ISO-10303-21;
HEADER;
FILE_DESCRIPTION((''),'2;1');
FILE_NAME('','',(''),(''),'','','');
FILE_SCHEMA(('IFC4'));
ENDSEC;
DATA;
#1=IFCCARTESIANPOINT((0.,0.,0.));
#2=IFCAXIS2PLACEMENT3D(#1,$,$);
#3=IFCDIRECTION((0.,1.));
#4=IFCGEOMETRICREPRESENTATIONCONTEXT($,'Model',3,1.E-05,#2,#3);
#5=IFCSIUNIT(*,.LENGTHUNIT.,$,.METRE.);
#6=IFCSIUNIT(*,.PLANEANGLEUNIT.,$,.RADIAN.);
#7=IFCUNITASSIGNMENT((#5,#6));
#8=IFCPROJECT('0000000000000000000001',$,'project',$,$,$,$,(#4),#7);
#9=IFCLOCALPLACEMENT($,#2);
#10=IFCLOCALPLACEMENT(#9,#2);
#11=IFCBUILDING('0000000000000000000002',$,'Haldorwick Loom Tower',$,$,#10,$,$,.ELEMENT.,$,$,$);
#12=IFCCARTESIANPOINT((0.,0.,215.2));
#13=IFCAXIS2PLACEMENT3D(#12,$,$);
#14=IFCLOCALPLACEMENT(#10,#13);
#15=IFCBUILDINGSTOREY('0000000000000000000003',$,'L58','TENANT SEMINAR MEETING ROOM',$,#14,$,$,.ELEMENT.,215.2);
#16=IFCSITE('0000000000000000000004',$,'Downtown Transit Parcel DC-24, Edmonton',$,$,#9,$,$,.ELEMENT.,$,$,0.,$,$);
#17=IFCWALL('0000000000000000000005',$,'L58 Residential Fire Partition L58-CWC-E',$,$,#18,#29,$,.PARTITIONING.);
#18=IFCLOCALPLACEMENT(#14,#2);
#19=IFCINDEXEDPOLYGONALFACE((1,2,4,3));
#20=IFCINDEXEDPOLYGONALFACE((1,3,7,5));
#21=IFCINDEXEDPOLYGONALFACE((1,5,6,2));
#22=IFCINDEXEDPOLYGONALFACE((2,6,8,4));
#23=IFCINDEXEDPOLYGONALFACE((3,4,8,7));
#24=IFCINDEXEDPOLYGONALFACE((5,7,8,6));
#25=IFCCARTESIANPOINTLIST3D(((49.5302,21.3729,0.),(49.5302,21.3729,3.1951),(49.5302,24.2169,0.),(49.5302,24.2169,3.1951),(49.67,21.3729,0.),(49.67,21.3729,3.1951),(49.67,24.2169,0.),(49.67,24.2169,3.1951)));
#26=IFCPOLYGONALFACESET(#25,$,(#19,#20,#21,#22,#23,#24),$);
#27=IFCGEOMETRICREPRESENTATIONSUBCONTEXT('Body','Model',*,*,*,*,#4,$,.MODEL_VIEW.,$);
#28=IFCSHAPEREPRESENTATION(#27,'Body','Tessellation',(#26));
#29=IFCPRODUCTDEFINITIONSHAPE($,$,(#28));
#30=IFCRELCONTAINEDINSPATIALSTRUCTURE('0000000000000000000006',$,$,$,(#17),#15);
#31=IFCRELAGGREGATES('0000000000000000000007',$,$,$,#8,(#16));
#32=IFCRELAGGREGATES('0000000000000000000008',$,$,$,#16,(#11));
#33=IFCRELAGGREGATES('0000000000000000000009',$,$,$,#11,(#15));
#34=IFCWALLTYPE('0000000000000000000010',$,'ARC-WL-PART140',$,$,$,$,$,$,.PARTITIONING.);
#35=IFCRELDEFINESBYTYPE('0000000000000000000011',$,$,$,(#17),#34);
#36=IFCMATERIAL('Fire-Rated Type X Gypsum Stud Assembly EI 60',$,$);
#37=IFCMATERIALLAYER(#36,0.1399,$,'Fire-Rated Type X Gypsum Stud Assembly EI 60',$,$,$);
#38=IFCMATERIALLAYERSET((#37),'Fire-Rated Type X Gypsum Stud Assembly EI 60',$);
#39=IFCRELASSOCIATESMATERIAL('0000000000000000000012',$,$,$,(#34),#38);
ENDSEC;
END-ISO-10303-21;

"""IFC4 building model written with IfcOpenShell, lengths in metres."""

from ifc_helpers import new_model, si_unit, direction, frame, frame_2d, origin, place, context, subcontext, project, spatial, rectangle, extrude, material, layer, layer_set, type_object, element, save


model = new_model("IFC4")

# Units and contexts
model_context = context("Model", 3, precision=1e-05, world=origin(), true_north=direction((0.0, 1.0)))
body_context = subcontext(model_context, "Body", "Model", "MODEL_VIEW")
ifc_project = project(units=[si_unit("LENGTHUNIT", "METRE"), si_unit("PLANEANGLEUNIT", "RADIAN")], contexts=[model_context])

# Site, building, storey
site_placement = place(None, origin())
site = spatial("IfcSite", under=ifc_project, at=site_placement, Name="Downtown Transit Parcel DC-24, Edmonton", CompositionType="ELEMENT", RefElevation=0.0)
building_placement = place(site_placement, origin())
building = spatial("IfcBuilding", under=site, at=building_placement, Name="Haldorwick Loom Tower", CompositionType="ELEMENT")
storey_placement = place(building_placement, frame((0.0, 0.0, 215.2)))
storey = spatial("IfcBuildingStorey", under=building, at=storey_placement, Name="L58", Description="TENANT SEMINAR MEETING ROOM", CompositionType="ELEMENT", Elevation=215.2)

# Wall
ifc_material_1 = material(Name="Fire-Rated Type X Gypsum Stud Assembly EI 60")
ifc_layer_1 = layer(ifc_material_1, 0.1399, Name="Fire-Rated Type X Gypsum Stud Assembly EI 60")
ifc_layer_set_1 = layer_set([ifc_layer_1], Name="Fire-Rated Type X Gypsum Stud Assembly EI 60")
wall_type_1 = type_object("IfcWallType", Name="ARC-WL-PART140", PredefinedType="PARTITIONING", material=ifc_layer_set_1)
wall_1_placement = place(storey_placement, frame((49.6001, 21.373, 0.0), z_axis=(0.0, 0.0, 1.0), x_axis=(0.0, 1.0, 0.0)))
element("IfcWall", 1, at=wall_1_placement, inside=storey, type_object=wall_type_1, Name="L58 Residential Fire Partition L58-CWC-E", PredefinedType="PARTITIONING", context=body_context, shape_type="SweptSolid", body=[
    extrude(rectangle(XDim=2.844, YDim=0.1399, at=frame_2d((1.4219, 0.0))), origin(), (0.0, 0.0, 1.0), 3.1951),
])

save(model, "model.ifc")
